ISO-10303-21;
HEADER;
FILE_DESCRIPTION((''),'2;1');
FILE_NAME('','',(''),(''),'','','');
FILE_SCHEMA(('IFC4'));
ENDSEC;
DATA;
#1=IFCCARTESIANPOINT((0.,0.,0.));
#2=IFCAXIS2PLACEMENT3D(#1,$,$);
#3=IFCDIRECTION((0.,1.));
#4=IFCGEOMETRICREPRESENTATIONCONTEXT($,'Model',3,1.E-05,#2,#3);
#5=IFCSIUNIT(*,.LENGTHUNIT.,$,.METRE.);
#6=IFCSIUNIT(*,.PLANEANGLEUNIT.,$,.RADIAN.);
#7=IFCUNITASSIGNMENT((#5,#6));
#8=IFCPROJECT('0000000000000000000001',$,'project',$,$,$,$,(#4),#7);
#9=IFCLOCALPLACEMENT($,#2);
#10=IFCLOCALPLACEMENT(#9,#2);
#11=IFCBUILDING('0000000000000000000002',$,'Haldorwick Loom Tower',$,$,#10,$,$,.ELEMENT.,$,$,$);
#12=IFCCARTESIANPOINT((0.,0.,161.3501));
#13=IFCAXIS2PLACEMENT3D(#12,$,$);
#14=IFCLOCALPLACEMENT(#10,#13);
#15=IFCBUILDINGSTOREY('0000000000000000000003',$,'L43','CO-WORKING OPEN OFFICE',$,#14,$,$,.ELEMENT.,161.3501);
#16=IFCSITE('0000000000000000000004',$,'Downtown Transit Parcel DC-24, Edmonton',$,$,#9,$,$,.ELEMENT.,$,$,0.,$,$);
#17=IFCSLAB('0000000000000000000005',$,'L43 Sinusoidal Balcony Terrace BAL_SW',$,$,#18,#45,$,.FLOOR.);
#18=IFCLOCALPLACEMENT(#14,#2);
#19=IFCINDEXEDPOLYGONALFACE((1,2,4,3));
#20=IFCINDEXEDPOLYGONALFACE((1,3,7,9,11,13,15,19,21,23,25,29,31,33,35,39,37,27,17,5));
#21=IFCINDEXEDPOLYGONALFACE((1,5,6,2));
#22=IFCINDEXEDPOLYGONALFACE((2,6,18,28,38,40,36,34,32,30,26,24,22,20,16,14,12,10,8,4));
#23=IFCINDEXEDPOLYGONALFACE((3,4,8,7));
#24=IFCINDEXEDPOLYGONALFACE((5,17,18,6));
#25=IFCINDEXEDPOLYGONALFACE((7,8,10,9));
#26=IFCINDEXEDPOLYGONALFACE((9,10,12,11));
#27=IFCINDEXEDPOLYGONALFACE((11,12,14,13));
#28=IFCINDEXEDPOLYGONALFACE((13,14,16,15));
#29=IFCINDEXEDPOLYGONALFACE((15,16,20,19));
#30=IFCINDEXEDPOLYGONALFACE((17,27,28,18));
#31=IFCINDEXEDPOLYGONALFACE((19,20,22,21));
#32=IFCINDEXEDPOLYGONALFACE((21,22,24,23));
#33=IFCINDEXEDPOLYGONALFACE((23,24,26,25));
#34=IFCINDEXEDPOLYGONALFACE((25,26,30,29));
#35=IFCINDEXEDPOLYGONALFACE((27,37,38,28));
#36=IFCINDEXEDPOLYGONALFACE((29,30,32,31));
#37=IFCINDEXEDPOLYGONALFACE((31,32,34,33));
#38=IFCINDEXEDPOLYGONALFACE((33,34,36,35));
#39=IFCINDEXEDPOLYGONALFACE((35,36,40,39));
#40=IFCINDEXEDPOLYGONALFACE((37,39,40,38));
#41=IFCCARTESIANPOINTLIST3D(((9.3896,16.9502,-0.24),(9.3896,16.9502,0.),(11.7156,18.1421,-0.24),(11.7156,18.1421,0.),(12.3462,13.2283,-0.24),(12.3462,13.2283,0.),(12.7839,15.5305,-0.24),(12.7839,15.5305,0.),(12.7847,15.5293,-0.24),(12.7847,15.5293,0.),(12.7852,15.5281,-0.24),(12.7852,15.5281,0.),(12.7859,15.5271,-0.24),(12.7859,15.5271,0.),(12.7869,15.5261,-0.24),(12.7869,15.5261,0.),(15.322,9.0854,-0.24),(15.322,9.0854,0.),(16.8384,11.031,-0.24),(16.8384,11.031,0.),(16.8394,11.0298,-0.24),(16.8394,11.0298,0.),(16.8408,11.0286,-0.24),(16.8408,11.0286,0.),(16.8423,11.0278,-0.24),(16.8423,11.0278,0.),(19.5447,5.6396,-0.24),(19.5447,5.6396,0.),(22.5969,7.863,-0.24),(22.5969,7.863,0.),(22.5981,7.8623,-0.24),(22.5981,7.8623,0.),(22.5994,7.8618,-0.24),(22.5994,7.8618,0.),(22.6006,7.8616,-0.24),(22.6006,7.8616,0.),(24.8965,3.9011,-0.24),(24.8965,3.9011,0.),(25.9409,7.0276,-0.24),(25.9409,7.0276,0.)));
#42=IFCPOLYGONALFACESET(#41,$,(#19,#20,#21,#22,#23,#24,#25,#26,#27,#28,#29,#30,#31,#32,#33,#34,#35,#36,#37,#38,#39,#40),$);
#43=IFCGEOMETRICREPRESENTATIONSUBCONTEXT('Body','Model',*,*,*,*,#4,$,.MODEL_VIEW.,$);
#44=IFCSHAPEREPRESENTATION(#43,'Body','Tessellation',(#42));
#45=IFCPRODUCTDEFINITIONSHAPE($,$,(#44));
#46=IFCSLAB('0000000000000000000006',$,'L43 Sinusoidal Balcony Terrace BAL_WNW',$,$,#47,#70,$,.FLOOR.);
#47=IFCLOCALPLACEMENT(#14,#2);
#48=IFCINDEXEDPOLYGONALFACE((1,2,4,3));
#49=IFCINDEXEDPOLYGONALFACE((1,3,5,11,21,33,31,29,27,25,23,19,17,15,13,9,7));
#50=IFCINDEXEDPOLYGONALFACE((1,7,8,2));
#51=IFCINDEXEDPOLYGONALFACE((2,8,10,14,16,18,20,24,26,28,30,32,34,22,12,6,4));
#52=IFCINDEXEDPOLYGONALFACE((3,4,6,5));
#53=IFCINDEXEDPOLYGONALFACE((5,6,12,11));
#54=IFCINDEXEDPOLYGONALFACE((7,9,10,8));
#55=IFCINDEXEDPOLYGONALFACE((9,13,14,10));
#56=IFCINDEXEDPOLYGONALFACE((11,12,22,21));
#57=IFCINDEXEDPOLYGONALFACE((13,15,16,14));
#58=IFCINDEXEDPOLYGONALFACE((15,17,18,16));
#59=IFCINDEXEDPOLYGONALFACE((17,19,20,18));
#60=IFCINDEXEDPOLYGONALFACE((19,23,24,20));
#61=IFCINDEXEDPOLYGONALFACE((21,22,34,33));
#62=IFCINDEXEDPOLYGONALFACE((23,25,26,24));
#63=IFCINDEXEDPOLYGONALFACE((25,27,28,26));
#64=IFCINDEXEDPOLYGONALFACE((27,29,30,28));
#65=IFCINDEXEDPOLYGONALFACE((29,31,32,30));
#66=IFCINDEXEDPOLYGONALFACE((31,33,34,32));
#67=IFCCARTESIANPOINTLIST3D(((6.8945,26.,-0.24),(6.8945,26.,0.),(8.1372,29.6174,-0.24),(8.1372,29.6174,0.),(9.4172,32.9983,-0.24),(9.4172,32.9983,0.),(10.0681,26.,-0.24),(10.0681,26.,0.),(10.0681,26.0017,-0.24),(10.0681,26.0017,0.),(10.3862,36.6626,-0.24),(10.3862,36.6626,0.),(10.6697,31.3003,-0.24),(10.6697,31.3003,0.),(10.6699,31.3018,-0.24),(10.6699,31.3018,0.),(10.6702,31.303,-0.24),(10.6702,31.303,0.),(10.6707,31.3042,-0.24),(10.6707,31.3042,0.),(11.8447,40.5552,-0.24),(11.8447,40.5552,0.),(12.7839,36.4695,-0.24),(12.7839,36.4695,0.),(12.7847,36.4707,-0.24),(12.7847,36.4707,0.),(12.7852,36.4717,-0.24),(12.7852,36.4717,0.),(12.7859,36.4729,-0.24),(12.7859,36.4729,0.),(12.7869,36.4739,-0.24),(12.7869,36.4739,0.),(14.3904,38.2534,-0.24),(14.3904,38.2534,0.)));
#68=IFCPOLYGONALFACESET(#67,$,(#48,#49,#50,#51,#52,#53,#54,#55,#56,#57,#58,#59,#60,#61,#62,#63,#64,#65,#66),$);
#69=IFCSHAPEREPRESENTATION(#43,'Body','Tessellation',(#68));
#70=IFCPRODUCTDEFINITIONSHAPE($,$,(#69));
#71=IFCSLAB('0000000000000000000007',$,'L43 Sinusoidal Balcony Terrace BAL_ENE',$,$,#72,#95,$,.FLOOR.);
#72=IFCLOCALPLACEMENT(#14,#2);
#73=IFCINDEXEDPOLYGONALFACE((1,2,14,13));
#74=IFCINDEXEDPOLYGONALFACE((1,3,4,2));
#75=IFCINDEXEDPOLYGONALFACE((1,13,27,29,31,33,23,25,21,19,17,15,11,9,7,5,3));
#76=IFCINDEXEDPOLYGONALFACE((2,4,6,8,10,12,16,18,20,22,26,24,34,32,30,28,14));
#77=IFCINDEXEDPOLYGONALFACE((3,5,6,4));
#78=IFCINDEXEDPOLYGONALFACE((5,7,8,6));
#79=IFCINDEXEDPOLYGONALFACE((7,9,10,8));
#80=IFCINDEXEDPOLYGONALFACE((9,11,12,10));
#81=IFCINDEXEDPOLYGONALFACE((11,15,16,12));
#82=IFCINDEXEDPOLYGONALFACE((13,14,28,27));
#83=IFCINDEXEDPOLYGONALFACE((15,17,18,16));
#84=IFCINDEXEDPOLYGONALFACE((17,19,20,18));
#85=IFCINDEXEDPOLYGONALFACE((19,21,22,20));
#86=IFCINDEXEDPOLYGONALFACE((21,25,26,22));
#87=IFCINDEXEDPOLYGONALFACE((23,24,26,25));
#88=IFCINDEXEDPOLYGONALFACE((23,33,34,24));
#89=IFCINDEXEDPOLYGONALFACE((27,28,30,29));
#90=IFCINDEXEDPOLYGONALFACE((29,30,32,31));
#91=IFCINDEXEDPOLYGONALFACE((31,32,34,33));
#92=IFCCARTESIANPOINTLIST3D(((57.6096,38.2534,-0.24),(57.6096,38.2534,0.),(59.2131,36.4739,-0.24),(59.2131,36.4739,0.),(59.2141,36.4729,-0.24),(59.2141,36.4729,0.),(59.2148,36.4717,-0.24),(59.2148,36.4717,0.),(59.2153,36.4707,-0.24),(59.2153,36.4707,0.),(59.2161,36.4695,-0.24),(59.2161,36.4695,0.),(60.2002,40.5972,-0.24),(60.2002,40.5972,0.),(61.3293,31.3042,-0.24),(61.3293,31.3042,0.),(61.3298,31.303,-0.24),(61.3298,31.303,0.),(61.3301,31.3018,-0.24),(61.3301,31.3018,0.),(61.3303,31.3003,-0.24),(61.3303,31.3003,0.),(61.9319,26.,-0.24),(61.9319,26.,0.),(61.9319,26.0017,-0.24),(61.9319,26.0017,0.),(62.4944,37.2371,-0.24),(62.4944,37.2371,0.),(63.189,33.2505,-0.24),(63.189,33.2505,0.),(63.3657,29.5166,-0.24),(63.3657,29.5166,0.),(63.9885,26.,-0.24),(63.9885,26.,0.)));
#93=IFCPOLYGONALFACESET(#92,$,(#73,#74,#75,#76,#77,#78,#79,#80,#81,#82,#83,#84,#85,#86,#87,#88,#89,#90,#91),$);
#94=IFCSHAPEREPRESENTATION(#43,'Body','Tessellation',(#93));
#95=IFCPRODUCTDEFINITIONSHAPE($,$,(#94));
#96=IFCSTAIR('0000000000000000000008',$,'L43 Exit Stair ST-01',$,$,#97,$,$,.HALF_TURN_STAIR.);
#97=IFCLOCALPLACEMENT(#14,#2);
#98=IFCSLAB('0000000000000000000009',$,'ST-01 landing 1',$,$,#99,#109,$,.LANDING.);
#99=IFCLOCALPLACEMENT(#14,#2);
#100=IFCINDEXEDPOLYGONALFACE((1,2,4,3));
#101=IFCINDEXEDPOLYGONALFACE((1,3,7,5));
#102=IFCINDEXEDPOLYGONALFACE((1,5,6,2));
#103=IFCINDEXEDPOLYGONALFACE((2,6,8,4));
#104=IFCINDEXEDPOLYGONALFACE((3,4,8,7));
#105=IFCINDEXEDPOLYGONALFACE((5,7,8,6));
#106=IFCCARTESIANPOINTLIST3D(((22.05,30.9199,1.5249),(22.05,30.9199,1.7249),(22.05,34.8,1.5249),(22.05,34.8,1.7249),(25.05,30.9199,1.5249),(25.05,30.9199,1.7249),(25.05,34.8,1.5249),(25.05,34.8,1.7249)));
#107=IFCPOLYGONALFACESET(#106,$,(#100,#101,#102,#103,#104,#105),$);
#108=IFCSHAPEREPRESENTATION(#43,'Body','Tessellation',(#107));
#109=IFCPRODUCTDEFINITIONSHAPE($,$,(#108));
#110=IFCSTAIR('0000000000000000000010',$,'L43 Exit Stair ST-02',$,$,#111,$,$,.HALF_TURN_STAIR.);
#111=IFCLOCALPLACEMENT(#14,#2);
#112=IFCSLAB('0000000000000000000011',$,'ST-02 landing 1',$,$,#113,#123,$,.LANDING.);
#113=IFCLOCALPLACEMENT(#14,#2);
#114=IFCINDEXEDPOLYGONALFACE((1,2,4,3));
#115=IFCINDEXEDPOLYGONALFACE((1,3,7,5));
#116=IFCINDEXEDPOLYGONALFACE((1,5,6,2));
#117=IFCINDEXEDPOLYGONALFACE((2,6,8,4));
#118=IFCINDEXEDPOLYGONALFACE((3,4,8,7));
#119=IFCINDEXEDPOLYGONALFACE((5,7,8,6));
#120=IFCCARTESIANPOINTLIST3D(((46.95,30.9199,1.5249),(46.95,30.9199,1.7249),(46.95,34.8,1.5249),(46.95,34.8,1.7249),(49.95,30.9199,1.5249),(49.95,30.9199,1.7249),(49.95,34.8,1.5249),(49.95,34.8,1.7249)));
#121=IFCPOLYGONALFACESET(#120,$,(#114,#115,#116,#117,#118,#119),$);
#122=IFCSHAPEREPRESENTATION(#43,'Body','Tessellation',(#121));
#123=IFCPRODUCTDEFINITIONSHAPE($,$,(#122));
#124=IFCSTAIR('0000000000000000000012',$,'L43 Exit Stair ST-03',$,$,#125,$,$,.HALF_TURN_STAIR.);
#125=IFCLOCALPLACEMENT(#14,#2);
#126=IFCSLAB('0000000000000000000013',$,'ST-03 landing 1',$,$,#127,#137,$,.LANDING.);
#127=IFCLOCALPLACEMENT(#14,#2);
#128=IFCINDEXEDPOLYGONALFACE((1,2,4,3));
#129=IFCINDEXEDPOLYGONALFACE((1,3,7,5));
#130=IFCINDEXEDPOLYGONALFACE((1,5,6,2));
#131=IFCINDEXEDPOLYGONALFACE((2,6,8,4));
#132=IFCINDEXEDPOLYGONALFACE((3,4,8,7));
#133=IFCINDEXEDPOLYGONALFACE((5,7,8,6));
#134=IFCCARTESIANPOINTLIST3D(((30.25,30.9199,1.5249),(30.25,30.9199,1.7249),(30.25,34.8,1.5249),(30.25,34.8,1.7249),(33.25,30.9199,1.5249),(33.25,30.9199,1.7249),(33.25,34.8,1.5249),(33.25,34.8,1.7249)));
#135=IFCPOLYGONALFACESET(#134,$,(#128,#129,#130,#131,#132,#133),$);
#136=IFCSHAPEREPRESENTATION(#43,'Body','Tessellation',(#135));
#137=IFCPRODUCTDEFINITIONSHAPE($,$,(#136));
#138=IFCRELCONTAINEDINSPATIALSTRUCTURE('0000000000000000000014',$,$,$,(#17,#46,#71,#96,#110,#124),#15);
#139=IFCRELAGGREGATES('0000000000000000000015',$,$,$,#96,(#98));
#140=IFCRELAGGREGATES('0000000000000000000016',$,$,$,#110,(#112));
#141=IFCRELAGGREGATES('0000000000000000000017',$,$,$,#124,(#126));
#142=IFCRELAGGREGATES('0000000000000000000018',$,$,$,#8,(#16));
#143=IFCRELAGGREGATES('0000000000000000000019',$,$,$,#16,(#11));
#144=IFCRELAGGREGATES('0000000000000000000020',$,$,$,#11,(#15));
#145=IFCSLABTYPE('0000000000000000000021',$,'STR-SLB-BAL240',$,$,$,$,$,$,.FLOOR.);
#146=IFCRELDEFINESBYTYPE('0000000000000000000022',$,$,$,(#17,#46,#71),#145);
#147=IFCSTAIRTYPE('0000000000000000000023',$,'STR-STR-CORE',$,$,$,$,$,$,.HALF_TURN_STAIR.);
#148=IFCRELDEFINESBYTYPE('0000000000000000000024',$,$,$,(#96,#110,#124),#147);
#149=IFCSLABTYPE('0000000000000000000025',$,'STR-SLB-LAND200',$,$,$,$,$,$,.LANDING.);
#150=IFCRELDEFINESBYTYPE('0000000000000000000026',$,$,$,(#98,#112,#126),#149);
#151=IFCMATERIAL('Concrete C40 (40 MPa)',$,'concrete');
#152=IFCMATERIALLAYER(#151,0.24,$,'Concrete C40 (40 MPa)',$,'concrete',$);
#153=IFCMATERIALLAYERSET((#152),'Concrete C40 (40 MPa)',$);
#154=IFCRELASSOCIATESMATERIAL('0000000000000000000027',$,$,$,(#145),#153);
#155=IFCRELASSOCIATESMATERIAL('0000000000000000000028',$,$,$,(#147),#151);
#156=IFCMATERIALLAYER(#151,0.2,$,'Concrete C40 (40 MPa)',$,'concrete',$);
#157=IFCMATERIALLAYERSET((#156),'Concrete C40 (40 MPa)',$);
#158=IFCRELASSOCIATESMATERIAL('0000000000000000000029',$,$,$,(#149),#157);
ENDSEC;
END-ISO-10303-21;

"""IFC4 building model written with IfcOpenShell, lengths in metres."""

from ifc_helpers import new_model, si_unit, direction, frame, origin, place, context, subcontext, project, spatial, polyline, outline, extrude, material, layer, layer_set, type_object, element, aggregate, save


model = new_model("IFC4")

# Units and contexts
model_context = context("Model", 3, precision=1e-05, world=origin(), true_north=direction((0.0, 1.0)))
body_context = subcontext(model_context, "Body", "Model", "MODEL_VIEW")
ifc_project = project(units=[si_unit("LENGTHUNIT", "METRE"), si_unit("PLANEANGLEUNIT", "RADIAN")], contexts=[model_context])

# Site, building, storey
site_placement = place(None, origin())
site = spatial("IfcSite", under=ifc_project, at=site_placement, Name="Downtown Transit Parcel DC-24, Edmonton", CompositionType="ELEMENT", RefElevation=0.0)
building_placement = place(site_placement, origin())
building = spatial("IfcBuilding", under=site, at=building_placement, Name="Haldorwick Loom Tower", CompositionType="ELEMENT")
storey_placement = place(building_placement, frame((0.0, 0.0, 161.3501)))
storey = spatial("IfcBuildingStorey", under=building, at=storey_placement, Name="L43", Description="CO-WORKING OPEN OFFICE", CompositionType="ELEMENT", Elevation=161.3501)

# Slabs
ifc_material_1 = material(Name="Concrete C40 (40 MPa)", Category="concrete")
ifc_layer_1 = layer(ifc_material_1, 0.24, Name="Concrete C40 (40 MPa)", Category="concrete")
ifc_layer_set_1 = layer_set([ifc_layer_1], Name="Concrete C40 (40 MPa)")
slab_type_1 = type_object("IfcSlabType", Name="STR-SLB-BAL240", PredefinedType="FLOOR", material=ifc_layer_set_1)
slab_1_placement = place(storey_placement, frame((0.0, 0.0, -0.24)))
element("IfcSlab", 1, at=slab_1_placement, inside=storey, type_object=slab_type_1, Name="L43 Sinusoidal Balcony Terrace BAL_SW", PredefinedType="FLOOR", context=body_context, shape_type="SweptSolid", body=[
    extrude(outline(polyline([(25.9409, 7.0276), (22.6006, 7.8616), (22.5994, 7.8618), (22.5981, 7.8623), (22.5969, 7.863), (16.8423, 11.0278), (16.8408, 11.0286), (16.8394, 11.0298), (16.8384, 11.031), (12.7869, 15.5261), (12.7859, 15.5271), (12.7852, 15.5281), (12.7847, 15.5293), (12.7839, 15.5305), (11.7156, 18.1421), (9.3896, 16.9502), (12.3462, 13.2283), (15.322, 9.0854), (19.5447, 5.6396), (24.8965, 3.9011), (25.9409, 7.0276)])), origin(), (0.0, 0.0, 1.0), 0.24),
])
slab_2_placement = place(storey_placement, frame((0.0, 0.0, -0.24)))
element("IfcSlab", 2, at=slab_2_placement, inside=storey, type_object=slab_type_1, Name="L43 Sinusoidal Balcony Terrace BAL_WNW", PredefinedType="FLOOR", context=body_context, shape_type="SweptSolid", body=[
    extrude(outline(polyline([(10.0681, 26.0), (10.0681, 26.0017), (10.6697, 31.3003), (10.6699, 31.3018), (10.6702, 31.303), (10.6707, 31.3042), (12.7839, 36.4695), (12.7847, 36.4707), (12.7852, 36.4717), (12.7859, 36.4729), (12.7869, 36.4739), (14.3904, 38.2534), (11.8447, 40.5552), (10.3862, 36.6626), (9.4172, 32.9983), (8.1372, 29.6174), (6.8945, 26.0), (10.0681, 26.0)])), origin(), (0.0, 0.0, 1.0), 0.24),
])
slab_3_placement = place(storey_placement, frame((0.0, 0.0, -0.24)))
element("IfcSlab", 3, at=slab_3_placement, inside=storey, type_object=slab_type_1, Name="L43 Sinusoidal Balcony Terrace BAL_ENE", PredefinedType="FLOOR", context=body_context, shape_type="SweptSolid", body=[
    extrude(outline(polyline([(57.6096, 38.2534), (59.2131, 36.4739), (59.2141, 36.4729), (59.2148, 36.4717), (59.2153, 36.4707), (59.2161, 36.4695), (61.3293, 31.3042), (61.3298, 31.303), (61.3301, 31.3018), (61.3303, 31.3003), (61.9319, 26.0017), (61.9319, 26.0), (63.9885, 26.0), (63.3657, 29.5166), (63.189, 33.2505), (62.4944, 37.2371), (60.2002, 40.5972), (57.6096, 38.2534)])), origin(), (0.0, 0.0, 1.0), 0.24),
])

# Stairs, slabs
stair_type = type_object("IfcStairType", Name="STR-STR-CORE", PredefinedType="HALF_TURN_STAIR", material=ifc_material_1)
stair_1_placement = place(storey_placement, origin())
stair_1 = element("IfcStair", 4, at=stair_1_placement, inside=storey, type_object=stair_type, Name="L43 Exit Stair ST-01", PredefinedType="HALF_TURN_STAIR")
ifc_layer_2 = layer(ifc_material_1, 0.2, Name="Concrete C40 (40 MPa)", Category="concrete")
ifc_layer_set_2 = layer_set([ifc_layer_2], Name="Concrete C40 (40 MPa)")
slab_type_2 = type_object("IfcSlabType", Name="STR-SLB-LAND200", PredefinedType="LANDING", material=ifc_layer_set_2)
slab_4_placement = place(storey_placement, frame((0.0, 0.0, 1.5249)))
slab_4 = element("IfcSlab", 5, at=slab_4_placement, type_object=slab_type_2, Name="ST-01 landing 1", PredefinedType="LANDING", context=body_context, shape_type="SweptSolid", body=[
    extrude(outline(polyline([(25.05, 30.9199), (25.05, 34.8), (22.05, 34.8), (22.05, 30.9199), (25.05, 30.9199)])), origin(), (0.0, 0.0, 1.0), 0.2),
])
aggregate(stair_1, [slab_4])
stair_2_placement = place(storey_placement, origin())
stair_2 = element("IfcStair", 6, at=stair_2_placement, inside=storey, type_object=stair_type, Name="L43 Exit Stair ST-02", PredefinedType="HALF_TURN_STAIR")
slab_5_placement = place(storey_placement, frame((0.0, 0.0, 1.5249)))
slab_5 = element("IfcSlab", 7, at=slab_5_placement, type_object=slab_type_2, Name="ST-02 landing 1", PredefinedType="LANDING", context=body_context, shape_type="SweptSolid", body=[
    extrude(outline(polyline([(49.95, 30.9199), (49.95, 34.8), (46.95, 34.8), (46.95, 30.9199), (49.95, 30.9199)])), origin(), (0.0, 0.0, 1.0), 0.2),
])
aggregate(stair_2, [slab_5])
stair_3_placement = place(storey_placement, origin())
stair_3 = element("IfcStair", 8, at=stair_3_placement, inside=storey, type_object=stair_type, Name="L43 Exit Stair ST-03", PredefinedType="HALF_TURN_STAIR")
slab_6_placement = place(storey_placement, frame((0.0, 0.0, 1.5249)))
slab_6 = element("IfcSlab", 9, at=slab_6_placement, type_object=slab_type_2, Name="ST-03 landing 1", PredefinedType="LANDING", context=body_context, shape_type="SweptSolid", body=[
    extrude(outline(polyline([(33.25, 30.9199), (33.25, 34.8), (30.25, 34.8), (30.25, 30.9199), (33.25, 30.9199)])), origin(), (0.0, 0.0, 1.0), 0.2),
])
aggregate(stair_3, [slab_6])

save(model, "model.ifc")
